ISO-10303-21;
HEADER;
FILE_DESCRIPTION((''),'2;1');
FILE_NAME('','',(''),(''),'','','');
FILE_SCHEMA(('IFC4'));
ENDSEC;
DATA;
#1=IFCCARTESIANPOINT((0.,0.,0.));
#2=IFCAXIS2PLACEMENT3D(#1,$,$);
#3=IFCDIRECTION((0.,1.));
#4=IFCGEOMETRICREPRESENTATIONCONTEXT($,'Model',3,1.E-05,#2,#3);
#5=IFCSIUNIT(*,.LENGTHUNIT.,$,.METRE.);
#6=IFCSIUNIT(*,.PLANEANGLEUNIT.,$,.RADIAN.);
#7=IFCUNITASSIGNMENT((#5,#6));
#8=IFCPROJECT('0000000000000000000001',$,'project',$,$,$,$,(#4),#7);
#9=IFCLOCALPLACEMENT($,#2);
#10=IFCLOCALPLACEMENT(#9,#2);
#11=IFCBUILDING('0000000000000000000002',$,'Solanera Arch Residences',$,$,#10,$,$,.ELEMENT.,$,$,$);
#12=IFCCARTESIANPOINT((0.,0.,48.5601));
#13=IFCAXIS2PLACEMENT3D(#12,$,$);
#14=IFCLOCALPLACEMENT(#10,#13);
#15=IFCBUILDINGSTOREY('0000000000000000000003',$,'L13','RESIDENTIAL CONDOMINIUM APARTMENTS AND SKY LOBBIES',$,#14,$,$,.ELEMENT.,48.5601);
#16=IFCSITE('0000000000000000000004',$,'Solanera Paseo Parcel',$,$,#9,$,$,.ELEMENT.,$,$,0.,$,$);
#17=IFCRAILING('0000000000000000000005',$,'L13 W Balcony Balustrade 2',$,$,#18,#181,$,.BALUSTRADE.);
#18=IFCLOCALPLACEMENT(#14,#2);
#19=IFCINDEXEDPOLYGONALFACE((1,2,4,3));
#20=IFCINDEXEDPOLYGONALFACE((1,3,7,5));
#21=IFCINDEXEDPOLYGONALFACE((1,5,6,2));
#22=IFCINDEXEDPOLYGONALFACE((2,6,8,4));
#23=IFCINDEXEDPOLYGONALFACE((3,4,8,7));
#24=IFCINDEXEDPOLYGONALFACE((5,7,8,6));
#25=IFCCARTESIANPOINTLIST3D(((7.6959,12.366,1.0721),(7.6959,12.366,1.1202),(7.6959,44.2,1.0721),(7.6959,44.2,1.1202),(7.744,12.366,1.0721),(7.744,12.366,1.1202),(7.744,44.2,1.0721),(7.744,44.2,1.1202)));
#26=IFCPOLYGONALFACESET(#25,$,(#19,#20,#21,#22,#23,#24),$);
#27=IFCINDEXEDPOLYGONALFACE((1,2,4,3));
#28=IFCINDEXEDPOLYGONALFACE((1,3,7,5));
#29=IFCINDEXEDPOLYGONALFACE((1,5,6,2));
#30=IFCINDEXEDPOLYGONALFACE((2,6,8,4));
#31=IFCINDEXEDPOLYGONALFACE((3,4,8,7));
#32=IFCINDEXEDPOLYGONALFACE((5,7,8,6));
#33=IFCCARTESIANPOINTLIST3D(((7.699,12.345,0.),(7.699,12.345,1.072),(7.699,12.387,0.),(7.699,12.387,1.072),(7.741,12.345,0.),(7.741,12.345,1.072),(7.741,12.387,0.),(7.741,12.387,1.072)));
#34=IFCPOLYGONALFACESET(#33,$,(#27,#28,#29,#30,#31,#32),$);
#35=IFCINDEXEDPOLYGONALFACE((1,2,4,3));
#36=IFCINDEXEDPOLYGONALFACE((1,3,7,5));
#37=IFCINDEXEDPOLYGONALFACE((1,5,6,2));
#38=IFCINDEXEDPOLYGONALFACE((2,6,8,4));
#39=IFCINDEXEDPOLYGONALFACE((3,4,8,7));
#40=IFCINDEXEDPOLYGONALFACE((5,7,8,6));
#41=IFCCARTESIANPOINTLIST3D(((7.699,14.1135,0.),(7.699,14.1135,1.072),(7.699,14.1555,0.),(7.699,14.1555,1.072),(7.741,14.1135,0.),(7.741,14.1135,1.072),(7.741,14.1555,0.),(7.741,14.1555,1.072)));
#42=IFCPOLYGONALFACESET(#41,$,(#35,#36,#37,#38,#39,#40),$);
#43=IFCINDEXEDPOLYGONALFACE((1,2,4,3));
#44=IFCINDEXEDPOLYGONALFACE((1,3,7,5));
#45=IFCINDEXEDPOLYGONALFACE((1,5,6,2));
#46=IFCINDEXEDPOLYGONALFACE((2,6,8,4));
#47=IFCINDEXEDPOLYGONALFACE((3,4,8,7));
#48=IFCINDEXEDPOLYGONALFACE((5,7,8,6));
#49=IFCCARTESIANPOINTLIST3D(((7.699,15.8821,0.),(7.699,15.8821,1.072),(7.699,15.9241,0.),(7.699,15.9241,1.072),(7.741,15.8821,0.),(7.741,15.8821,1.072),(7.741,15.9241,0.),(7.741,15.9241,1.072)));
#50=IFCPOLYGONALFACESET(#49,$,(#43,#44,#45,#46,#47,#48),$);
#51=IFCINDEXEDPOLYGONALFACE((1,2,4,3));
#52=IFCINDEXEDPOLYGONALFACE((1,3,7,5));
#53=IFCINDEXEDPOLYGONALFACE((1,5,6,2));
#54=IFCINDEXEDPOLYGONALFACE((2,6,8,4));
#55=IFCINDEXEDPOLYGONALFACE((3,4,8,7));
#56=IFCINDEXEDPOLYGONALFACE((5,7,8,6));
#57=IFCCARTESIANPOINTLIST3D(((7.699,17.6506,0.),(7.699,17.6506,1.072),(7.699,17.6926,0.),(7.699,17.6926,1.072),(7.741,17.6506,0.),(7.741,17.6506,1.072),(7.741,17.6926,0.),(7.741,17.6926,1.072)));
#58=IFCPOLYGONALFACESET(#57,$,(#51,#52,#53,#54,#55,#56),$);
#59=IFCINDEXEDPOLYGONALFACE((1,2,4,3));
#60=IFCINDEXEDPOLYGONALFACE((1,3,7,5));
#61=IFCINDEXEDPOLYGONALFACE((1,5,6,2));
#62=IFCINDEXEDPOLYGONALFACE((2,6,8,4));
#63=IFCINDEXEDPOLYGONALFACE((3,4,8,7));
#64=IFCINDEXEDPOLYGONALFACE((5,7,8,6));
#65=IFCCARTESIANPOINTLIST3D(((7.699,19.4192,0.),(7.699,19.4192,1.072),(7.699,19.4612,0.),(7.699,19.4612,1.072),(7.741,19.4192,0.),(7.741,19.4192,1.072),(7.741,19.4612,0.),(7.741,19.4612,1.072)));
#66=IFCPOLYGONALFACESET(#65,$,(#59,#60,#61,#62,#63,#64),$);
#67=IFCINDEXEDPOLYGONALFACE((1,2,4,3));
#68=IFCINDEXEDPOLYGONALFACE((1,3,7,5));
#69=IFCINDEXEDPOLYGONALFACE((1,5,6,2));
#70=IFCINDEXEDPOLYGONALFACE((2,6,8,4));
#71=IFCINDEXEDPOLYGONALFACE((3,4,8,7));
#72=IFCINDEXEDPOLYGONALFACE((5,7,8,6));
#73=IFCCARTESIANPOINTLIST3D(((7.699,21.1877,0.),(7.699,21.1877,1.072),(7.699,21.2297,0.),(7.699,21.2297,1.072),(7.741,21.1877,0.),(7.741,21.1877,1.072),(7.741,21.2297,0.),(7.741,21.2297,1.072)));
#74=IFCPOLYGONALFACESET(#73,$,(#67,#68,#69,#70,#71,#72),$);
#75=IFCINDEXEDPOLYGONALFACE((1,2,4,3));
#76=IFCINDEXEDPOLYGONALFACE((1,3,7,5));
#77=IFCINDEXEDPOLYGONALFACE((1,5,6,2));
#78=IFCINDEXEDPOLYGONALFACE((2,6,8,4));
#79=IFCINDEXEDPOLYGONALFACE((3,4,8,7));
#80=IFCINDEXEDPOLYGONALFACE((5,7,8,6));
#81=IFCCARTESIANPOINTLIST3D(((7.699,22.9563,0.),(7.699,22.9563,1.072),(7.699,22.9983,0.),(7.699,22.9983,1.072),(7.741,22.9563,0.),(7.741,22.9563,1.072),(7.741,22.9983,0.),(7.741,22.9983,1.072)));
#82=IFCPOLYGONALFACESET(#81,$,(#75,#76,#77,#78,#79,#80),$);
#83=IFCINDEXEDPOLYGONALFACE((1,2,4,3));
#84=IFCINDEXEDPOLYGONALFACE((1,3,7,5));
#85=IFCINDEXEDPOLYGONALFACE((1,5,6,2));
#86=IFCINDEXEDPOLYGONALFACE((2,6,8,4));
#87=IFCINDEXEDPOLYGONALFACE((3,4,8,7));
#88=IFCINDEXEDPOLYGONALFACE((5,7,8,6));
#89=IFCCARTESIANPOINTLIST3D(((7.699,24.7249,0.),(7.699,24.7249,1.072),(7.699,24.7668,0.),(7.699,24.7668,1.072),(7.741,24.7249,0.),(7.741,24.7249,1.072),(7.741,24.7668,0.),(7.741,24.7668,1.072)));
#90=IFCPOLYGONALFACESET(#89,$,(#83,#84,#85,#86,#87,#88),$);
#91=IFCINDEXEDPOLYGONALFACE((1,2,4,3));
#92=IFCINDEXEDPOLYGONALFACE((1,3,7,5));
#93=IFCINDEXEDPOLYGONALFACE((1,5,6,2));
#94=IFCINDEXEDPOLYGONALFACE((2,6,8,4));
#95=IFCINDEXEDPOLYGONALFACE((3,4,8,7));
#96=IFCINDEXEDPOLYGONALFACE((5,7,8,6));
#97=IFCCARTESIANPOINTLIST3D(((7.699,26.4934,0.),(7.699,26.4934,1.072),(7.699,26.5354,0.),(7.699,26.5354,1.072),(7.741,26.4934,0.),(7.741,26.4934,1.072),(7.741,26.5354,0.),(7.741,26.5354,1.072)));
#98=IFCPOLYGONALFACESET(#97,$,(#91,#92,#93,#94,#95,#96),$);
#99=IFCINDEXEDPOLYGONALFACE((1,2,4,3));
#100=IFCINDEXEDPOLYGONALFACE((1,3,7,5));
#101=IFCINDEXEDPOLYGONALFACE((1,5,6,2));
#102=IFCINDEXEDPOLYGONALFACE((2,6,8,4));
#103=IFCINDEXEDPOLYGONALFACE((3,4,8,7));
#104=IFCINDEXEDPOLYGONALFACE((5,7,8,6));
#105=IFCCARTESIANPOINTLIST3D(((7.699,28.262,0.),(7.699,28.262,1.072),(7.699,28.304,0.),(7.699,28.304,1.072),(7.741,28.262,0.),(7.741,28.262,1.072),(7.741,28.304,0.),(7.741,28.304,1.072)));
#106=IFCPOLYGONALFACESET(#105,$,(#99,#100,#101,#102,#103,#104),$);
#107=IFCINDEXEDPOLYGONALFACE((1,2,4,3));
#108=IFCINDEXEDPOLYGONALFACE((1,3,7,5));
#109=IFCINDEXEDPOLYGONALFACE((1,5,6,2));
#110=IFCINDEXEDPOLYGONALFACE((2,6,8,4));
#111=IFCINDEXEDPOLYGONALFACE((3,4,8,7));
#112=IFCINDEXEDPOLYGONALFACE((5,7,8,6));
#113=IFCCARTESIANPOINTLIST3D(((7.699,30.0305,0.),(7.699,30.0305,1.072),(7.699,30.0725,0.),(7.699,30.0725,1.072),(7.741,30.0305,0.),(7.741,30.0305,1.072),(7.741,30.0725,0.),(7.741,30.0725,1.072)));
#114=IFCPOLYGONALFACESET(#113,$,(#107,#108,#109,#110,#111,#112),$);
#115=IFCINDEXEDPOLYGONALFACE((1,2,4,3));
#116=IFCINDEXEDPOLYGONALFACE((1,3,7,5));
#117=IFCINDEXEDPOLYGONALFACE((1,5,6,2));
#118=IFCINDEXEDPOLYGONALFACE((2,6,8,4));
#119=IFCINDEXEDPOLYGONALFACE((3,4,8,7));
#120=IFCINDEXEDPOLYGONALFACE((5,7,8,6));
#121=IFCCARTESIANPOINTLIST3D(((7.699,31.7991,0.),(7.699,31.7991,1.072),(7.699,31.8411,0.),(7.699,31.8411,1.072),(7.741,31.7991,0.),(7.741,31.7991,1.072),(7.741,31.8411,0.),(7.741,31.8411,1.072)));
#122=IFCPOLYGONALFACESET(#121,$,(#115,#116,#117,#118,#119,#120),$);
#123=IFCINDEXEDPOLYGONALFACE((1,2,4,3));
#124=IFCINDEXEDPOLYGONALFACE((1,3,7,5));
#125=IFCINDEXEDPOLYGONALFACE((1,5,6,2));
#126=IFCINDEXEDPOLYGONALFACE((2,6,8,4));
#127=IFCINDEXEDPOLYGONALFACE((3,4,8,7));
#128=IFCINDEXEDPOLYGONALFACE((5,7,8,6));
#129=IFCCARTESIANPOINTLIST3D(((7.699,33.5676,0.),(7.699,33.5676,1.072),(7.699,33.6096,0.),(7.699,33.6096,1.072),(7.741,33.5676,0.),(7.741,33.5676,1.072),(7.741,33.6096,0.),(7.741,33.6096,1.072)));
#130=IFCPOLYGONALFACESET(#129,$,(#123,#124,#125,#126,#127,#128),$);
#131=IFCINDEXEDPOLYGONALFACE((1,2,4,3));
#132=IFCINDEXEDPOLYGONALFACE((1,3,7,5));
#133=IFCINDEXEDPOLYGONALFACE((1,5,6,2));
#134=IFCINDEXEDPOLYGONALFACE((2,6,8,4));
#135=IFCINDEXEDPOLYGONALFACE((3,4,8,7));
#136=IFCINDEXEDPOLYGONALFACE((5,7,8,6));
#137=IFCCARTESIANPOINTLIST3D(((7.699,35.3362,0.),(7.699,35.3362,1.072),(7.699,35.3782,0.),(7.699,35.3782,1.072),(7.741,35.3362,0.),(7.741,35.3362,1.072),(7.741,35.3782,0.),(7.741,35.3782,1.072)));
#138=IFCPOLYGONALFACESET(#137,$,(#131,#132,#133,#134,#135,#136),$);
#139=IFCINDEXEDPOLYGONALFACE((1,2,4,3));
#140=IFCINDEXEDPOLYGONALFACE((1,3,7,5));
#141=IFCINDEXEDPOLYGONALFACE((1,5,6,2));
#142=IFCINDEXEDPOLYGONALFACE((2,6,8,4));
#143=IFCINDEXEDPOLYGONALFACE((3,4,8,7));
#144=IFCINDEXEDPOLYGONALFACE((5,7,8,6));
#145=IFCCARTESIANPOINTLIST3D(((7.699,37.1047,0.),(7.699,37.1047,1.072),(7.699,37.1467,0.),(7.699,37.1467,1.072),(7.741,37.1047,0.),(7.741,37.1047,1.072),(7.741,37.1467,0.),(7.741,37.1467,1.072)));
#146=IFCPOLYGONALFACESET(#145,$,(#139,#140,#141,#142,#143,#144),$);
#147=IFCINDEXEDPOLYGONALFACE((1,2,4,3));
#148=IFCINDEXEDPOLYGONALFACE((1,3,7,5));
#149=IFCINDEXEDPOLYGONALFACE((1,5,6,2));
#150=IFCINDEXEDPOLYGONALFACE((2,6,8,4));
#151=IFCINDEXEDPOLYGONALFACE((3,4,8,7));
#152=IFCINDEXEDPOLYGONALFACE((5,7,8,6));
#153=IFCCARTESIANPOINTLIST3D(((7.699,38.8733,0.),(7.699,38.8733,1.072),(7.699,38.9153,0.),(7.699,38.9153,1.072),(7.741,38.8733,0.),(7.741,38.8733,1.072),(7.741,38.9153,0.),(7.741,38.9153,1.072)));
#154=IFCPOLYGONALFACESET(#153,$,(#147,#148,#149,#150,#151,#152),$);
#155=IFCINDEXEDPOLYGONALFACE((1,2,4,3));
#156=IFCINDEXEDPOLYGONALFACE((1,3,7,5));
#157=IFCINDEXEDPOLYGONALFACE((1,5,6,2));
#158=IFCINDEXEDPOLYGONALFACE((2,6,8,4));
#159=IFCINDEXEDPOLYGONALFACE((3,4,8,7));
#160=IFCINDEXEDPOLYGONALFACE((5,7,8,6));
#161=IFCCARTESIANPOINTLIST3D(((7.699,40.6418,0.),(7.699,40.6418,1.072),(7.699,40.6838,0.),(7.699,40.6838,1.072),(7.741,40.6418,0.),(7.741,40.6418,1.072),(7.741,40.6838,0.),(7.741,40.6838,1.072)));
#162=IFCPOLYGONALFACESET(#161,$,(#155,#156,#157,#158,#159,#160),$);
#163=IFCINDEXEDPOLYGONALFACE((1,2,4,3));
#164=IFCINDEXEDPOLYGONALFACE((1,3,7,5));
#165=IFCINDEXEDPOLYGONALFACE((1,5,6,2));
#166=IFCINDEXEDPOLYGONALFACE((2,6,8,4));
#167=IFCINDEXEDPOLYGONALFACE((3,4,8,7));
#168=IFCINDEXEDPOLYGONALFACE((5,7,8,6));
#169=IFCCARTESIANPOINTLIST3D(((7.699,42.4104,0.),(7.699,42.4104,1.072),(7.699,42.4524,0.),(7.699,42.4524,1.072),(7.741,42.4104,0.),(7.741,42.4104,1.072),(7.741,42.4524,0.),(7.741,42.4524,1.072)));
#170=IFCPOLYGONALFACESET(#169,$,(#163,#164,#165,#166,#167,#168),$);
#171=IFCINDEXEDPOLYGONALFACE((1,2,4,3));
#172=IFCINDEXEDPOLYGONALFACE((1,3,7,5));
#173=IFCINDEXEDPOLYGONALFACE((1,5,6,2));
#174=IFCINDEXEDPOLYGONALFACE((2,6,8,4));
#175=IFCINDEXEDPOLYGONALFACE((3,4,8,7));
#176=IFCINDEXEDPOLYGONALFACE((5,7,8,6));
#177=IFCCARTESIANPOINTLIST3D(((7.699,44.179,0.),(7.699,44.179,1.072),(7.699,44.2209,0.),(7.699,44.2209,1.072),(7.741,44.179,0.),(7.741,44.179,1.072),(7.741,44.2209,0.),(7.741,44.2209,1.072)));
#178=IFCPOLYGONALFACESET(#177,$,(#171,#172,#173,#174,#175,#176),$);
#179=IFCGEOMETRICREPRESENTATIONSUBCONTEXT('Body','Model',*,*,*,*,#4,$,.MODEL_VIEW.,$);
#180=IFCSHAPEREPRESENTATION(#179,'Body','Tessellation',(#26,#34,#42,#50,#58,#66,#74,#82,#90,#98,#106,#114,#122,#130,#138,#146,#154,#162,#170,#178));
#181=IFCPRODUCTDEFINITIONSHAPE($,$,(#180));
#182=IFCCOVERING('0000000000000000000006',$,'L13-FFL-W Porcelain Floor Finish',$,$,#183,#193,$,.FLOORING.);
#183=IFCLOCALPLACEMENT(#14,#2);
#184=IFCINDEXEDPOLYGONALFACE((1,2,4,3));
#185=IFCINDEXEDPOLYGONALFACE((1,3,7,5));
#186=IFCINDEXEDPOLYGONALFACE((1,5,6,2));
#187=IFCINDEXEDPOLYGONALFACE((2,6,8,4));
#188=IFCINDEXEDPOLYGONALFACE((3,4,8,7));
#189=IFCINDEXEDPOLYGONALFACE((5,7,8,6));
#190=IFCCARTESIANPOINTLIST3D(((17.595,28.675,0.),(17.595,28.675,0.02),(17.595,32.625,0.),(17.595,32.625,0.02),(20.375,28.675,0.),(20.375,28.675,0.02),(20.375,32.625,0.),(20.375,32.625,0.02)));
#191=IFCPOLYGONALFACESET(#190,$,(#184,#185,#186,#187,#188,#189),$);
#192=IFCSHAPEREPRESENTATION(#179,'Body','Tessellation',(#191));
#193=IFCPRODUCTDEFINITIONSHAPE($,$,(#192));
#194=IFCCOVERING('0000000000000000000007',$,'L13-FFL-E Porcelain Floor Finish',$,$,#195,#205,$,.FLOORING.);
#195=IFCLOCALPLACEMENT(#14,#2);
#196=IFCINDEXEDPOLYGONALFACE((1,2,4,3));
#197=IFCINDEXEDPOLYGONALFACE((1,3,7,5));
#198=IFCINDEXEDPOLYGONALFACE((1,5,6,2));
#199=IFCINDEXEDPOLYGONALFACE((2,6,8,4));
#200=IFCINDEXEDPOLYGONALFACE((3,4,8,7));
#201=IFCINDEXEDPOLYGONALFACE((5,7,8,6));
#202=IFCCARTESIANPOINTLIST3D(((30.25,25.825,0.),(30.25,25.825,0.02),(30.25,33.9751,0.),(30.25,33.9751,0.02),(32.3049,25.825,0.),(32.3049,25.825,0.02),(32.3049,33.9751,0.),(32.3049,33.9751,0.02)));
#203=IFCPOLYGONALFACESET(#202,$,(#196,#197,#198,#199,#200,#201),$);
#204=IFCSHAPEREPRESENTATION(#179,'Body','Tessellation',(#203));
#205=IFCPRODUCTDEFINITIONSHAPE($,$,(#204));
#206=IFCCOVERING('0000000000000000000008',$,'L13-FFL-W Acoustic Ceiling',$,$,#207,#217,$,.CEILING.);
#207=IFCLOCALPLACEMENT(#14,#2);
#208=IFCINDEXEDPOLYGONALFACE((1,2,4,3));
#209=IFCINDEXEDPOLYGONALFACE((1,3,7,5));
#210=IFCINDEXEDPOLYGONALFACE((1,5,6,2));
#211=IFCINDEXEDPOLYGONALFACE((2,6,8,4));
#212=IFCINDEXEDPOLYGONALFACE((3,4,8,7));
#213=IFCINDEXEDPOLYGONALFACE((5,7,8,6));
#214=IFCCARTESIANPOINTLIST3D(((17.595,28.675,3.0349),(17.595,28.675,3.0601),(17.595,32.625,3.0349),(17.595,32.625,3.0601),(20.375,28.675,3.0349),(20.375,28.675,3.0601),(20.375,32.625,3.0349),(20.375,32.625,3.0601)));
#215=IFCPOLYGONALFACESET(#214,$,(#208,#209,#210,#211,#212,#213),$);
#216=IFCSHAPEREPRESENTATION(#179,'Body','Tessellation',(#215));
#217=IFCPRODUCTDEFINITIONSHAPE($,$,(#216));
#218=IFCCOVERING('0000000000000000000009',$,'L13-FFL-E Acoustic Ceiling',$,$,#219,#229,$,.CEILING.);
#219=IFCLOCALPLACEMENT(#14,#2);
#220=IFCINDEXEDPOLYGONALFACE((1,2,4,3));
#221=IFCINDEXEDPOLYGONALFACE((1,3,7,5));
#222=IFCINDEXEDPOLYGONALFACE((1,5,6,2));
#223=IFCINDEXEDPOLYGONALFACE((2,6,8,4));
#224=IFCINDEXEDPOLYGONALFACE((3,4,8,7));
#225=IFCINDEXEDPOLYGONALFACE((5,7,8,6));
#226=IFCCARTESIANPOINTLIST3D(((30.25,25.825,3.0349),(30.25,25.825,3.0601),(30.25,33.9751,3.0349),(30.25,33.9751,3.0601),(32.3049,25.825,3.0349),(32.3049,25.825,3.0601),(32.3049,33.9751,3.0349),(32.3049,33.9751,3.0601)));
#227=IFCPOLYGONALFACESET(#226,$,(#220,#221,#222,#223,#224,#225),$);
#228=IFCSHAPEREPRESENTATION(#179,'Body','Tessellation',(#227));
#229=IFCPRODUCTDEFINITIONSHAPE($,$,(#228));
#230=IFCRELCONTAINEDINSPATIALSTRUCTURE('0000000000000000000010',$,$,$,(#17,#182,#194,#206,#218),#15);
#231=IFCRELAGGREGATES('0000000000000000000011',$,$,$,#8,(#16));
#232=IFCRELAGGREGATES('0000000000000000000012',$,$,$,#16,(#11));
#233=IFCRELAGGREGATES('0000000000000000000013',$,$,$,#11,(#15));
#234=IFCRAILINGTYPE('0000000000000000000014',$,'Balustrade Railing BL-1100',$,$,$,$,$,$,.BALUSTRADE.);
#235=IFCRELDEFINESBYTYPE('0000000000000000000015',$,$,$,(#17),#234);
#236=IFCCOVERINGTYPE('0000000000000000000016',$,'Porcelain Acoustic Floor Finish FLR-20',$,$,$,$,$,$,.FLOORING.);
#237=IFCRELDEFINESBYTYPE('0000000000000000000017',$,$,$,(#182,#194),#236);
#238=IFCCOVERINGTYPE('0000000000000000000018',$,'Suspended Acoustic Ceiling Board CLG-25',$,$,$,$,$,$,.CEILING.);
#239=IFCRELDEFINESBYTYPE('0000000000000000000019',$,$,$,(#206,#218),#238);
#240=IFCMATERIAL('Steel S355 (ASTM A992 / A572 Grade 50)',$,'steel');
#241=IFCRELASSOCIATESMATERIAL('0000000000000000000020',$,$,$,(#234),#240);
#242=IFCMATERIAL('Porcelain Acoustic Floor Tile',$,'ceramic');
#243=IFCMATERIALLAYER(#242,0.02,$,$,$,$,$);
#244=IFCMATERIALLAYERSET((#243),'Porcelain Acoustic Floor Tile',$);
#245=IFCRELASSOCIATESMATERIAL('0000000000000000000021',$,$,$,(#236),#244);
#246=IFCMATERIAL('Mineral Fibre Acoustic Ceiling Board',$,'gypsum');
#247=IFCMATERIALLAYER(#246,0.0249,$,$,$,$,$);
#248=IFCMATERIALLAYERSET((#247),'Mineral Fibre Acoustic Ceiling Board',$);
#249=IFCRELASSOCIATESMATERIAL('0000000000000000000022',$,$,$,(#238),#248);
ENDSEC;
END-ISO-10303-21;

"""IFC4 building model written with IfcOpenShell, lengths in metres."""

from ifc_helpers import new_model, si_unit, direction, frame, origin, origin_2d, place, context, subcontext, project, spatial, polyline, rectangle, outline, extrude, material, layer, layer_set, type_object, element, save


model = new_model("IFC4")

# Units and contexts
model_context = context("Model", 3, precision=1e-05, world=origin(), true_north=direction((0.0, 1.0)))
body_context = subcontext(model_context, "Body", "Model", "MODEL_VIEW")
ifc_project = project(units=[si_unit("LENGTHUNIT", "METRE"), si_unit("PLANEANGLEUNIT", "RADIAN")], contexts=[model_context])

# Site, building, storey
site_placement = place(None, origin())
site = spatial("IfcSite", under=ifc_project, at=site_placement, Name="Solanera Paseo Parcel", CompositionType="ELEMENT", RefElevation=0.0)
building_placement = place(site_placement, origin())
building = spatial("IfcBuilding", under=site, at=building_placement, Name="Solanera Arch Residences", CompositionType="ELEMENT")
storey_placement = place(building_placement, frame((0.0, 0.0, 48.5601)))
storey = spatial("IfcBuildingStorey", under=building, at=storey_placement, Name="L13", Description="RESIDENTIAL CONDOMINIUM APARTMENTS AND SKY LOBBIES", CompositionType="ELEMENT", Elevation=48.5601)

# Railing
ifc_material_1 = material(Name="Steel S355 (ASTM A992 / A572 Grade 50)", Category="steel")
railing_type = type_object("IfcRailingType", Name="Balustrade Railing BL-1100", PredefinedType="BALUSTRADE", material=ifc_material_1)
railing_placement = place(storey_placement, frame((7.72, 12.366, 0.0)))
element("IfcRailing", 1, at=railing_placement, inside=storey, type_object=railing_type, Name="L13 W Balcony Balustrade 2", PredefinedType="BALUSTRADE", context=body_context, shape_type="SweptSolid", body=[
    extrude(rectangle(XDim=0.0481, YDim=0.0481, at=origin_2d()), frame((0.0, 0.0, 1.0962), z_axis=(0.0, 1.0, 0.0), x_axis=(-1.0, 0.0, 0.0)), (0.0, 0.0, 1.0), 31.834),
    extrude(rectangle(XDim=0.042, YDim=0.042, at=origin_2d()), origin(), (0.0, 0.0, 1.0), 1.072),
    extrude(rectangle(XDim=0.042, YDim=0.042, at=origin_2d()), frame((0.0, 1.7686, 0.0)), (0.0, 0.0, 1.0), 1.072),
    extrude(rectangle(XDim=0.042, YDim=0.042, at=origin_2d()), frame((0.0, 3.5371, 0.0)), (0.0, 0.0, 1.0), 1.072),
    extrude(rectangle(XDim=0.042, YDim=0.042, at=origin_2d()), frame((0.0, 5.3057, 0.0)), (0.0, 0.0, 1.0), 1.072),
    extrude(rectangle(XDim=0.042, YDim=0.042, at=origin_2d()), frame((0.0, 7.0742, 0.0)), (0.0, 0.0, 1.0), 1.072),
    extrude(rectangle(XDim=0.042, YDim=0.042, at=origin_2d()), frame((0.0, 8.8428, 0.0)), (0.0, 0.0, 1.0), 1.072),
    extrude(rectangle(XDim=0.042, YDim=0.042, at=origin_2d()), frame((0.0, 10.6113, 0.0)), (0.0, 0.0, 1.0), 1.072),
    extrude(rectangle(XDim=0.042, YDim=0.042, at=origin_2d()), frame((0.0, 12.3799, 0.0)), (0.0, 0.0, 1.0), 1.072),
    extrude(rectangle(XDim=0.042, YDim=0.042, at=origin_2d()), frame((0.0, 14.1484, 0.0)), (0.0, 0.0, 1.0), 1.072),
    extrude(rectangle(XDim=0.042, YDim=0.042, at=origin_2d()), frame((0.0, 15.917, 0.0)), (0.0, 0.0, 1.0), 1.072),
    extrude(rectangle(XDim=0.042, YDim=0.042, at=origin_2d()), frame((0.0, 17.6855, 0.0)), (0.0, 0.0, 1.0), 1.072),
    extrude(rectangle(XDim=0.042, YDim=0.042, at=origin_2d()), frame((0.0, 19.4541, 0.0)), (0.0, 0.0, 1.0), 1.072),
    extrude(rectangle(XDim=0.042, YDim=0.042, at=origin_2d()), frame((0.0, 21.2227, 0.0)), (0.0, 0.0, 1.0), 1.072),
    extrude(rectangle(XDim=0.042, YDim=0.042, at=origin_2d()), frame((0.0, 22.9912, 0.0)), (0.0, 0.0, 1.0), 1.072),
    extrude(rectangle(XDim=0.042, YDim=0.042, at=origin_2d()), frame((0.0, 24.7598, 0.0)), (0.0, 0.0, 1.0), 1.072),
    extrude(rectangle(XDim=0.042, YDim=0.042, at=origin_2d()), frame((0.0, 26.5283, 0.0)), (0.0, 0.0, 1.0), 1.072),
    extrude(rectangle(XDim=0.042, YDim=0.042, at=origin_2d()), frame((0.0, 28.2969, 0.0)), (0.0, 0.0, 1.0), 1.072),
    extrude(rectangle(XDim=0.042, YDim=0.042, at=origin_2d()), frame((0.0, 30.0654, 0.0)), (0.0, 0.0, 1.0), 1.072),
    extrude(rectangle(XDim=0.042, YDim=0.042, at=origin_2d()), frame((0.0, 31.834, 0.0)), (0.0, 0.0, 1.0), 1.072),
])

# Coverings
ifc_material_2 = material(Name="Porcelain Acoustic Floor Tile", Category="ceramic")
ifc_layer_1 = layer(ifc_material_2, 0.02)
ifc_layer_set_1 = layer_set([ifc_layer_1], Name="Porcelain Acoustic Floor Tile")
covering_type_1 = type_object("IfcCoveringType", Name="Porcelain Acoustic Floor Finish FLR-20", PredefinedType="FLOORING", material=ifc_layer_set_1)
covering_1_placement = place(storey_placement, origin())
element("IfcCovering", 2, at=covering_1_placement, inside=storey, type_object=covering_type_1, Name="L13-FFL-W Porcelain Floor Finish", PredefinedType="FLOORING", context=body_context, shape_type="SweptSolid", body=[
    extrude(outline(polyline([(20.375, 28.675), (17.595, 28.675), (17.595, 32.625), (20.375, 32.625), (20.375, 28.675)])), origin(), (0.0, 0.0, 1.0), 0.02),
])
covering_2_placement = place(storey_placement, origin())
element("IfcCovering", 3, at=covering_2_placement, inside=storey, type_object=covering_type_1, Name="L13-FFL-E Porcelain Floor Finish", PredefinedType="FLOORING", context=body_context, shape_type="SweptSolid", body=[
    extrude(outline(polyline([(32.3049, 25.825), (30.25, 25.825), (30.25, 33.9751), (32.3049, 33.9751), (32.3049, 25.825)])), origin(), (0.0, 0.0, 1.0), 0.02),
])
ifc_material_3 = material(Name="Mineral Fibre Acoustic Ceiling Board", Category="gypsum")
ifc_layer_2 = layer(ifc_material_3, 0.0249)
ifc_layer_set_2 = layer_set([ifc_layer_2], Name="Mineral Fibre Acoustic Ceiling Board")
covering_type_2 = type_object("IfcCoveringType", Name="Suspended Acoustic Ceiling Board CLG-25", PredefinedType="CEILING", material=ifc_layer_set_2)
covering_3_placement = place(storey_placement, frame((0.0, 0.0, 3.0349)))
element("IfcCovering", 4, at=covering_3_placement, inside=storey, type_object=covering_type_2, Name="L13-FFL-W Acoustic Ceiling", PredefinedType="CEILING", context=body_context, shape_type="SweptSolid", body=[
    extrude(outline(polyline([(20.375, 28.675), (17.595, 28.675), (17.595, 32.625), (20.375, 32.625), (20.375, 28.675)])), origin(), (0.0, 0.0, 1.0), 0.0251),
])
covering_4_placement = place(storey_placement, frame((0.0, 0.0, 3.0349)))
element("IfcCovering", 5, at=covering_4_placement, inside=storey, type_object=covering_type_2, Name="L13-FFL-E Acoustic Ceiling", PredefinedType="CEILING", context=body_context, shape_type="SweptSolid", body=[
    extrude(outline(polyline([(32.3049, 25.825), (30.25, 25.825), (30.25, 33.9751), (32.3049, 33.9751), (32.3049, 25.825)])), origin(), (0.0, 0.0, 1.0), 0.0251),
])

save(model, "model.ifc")
